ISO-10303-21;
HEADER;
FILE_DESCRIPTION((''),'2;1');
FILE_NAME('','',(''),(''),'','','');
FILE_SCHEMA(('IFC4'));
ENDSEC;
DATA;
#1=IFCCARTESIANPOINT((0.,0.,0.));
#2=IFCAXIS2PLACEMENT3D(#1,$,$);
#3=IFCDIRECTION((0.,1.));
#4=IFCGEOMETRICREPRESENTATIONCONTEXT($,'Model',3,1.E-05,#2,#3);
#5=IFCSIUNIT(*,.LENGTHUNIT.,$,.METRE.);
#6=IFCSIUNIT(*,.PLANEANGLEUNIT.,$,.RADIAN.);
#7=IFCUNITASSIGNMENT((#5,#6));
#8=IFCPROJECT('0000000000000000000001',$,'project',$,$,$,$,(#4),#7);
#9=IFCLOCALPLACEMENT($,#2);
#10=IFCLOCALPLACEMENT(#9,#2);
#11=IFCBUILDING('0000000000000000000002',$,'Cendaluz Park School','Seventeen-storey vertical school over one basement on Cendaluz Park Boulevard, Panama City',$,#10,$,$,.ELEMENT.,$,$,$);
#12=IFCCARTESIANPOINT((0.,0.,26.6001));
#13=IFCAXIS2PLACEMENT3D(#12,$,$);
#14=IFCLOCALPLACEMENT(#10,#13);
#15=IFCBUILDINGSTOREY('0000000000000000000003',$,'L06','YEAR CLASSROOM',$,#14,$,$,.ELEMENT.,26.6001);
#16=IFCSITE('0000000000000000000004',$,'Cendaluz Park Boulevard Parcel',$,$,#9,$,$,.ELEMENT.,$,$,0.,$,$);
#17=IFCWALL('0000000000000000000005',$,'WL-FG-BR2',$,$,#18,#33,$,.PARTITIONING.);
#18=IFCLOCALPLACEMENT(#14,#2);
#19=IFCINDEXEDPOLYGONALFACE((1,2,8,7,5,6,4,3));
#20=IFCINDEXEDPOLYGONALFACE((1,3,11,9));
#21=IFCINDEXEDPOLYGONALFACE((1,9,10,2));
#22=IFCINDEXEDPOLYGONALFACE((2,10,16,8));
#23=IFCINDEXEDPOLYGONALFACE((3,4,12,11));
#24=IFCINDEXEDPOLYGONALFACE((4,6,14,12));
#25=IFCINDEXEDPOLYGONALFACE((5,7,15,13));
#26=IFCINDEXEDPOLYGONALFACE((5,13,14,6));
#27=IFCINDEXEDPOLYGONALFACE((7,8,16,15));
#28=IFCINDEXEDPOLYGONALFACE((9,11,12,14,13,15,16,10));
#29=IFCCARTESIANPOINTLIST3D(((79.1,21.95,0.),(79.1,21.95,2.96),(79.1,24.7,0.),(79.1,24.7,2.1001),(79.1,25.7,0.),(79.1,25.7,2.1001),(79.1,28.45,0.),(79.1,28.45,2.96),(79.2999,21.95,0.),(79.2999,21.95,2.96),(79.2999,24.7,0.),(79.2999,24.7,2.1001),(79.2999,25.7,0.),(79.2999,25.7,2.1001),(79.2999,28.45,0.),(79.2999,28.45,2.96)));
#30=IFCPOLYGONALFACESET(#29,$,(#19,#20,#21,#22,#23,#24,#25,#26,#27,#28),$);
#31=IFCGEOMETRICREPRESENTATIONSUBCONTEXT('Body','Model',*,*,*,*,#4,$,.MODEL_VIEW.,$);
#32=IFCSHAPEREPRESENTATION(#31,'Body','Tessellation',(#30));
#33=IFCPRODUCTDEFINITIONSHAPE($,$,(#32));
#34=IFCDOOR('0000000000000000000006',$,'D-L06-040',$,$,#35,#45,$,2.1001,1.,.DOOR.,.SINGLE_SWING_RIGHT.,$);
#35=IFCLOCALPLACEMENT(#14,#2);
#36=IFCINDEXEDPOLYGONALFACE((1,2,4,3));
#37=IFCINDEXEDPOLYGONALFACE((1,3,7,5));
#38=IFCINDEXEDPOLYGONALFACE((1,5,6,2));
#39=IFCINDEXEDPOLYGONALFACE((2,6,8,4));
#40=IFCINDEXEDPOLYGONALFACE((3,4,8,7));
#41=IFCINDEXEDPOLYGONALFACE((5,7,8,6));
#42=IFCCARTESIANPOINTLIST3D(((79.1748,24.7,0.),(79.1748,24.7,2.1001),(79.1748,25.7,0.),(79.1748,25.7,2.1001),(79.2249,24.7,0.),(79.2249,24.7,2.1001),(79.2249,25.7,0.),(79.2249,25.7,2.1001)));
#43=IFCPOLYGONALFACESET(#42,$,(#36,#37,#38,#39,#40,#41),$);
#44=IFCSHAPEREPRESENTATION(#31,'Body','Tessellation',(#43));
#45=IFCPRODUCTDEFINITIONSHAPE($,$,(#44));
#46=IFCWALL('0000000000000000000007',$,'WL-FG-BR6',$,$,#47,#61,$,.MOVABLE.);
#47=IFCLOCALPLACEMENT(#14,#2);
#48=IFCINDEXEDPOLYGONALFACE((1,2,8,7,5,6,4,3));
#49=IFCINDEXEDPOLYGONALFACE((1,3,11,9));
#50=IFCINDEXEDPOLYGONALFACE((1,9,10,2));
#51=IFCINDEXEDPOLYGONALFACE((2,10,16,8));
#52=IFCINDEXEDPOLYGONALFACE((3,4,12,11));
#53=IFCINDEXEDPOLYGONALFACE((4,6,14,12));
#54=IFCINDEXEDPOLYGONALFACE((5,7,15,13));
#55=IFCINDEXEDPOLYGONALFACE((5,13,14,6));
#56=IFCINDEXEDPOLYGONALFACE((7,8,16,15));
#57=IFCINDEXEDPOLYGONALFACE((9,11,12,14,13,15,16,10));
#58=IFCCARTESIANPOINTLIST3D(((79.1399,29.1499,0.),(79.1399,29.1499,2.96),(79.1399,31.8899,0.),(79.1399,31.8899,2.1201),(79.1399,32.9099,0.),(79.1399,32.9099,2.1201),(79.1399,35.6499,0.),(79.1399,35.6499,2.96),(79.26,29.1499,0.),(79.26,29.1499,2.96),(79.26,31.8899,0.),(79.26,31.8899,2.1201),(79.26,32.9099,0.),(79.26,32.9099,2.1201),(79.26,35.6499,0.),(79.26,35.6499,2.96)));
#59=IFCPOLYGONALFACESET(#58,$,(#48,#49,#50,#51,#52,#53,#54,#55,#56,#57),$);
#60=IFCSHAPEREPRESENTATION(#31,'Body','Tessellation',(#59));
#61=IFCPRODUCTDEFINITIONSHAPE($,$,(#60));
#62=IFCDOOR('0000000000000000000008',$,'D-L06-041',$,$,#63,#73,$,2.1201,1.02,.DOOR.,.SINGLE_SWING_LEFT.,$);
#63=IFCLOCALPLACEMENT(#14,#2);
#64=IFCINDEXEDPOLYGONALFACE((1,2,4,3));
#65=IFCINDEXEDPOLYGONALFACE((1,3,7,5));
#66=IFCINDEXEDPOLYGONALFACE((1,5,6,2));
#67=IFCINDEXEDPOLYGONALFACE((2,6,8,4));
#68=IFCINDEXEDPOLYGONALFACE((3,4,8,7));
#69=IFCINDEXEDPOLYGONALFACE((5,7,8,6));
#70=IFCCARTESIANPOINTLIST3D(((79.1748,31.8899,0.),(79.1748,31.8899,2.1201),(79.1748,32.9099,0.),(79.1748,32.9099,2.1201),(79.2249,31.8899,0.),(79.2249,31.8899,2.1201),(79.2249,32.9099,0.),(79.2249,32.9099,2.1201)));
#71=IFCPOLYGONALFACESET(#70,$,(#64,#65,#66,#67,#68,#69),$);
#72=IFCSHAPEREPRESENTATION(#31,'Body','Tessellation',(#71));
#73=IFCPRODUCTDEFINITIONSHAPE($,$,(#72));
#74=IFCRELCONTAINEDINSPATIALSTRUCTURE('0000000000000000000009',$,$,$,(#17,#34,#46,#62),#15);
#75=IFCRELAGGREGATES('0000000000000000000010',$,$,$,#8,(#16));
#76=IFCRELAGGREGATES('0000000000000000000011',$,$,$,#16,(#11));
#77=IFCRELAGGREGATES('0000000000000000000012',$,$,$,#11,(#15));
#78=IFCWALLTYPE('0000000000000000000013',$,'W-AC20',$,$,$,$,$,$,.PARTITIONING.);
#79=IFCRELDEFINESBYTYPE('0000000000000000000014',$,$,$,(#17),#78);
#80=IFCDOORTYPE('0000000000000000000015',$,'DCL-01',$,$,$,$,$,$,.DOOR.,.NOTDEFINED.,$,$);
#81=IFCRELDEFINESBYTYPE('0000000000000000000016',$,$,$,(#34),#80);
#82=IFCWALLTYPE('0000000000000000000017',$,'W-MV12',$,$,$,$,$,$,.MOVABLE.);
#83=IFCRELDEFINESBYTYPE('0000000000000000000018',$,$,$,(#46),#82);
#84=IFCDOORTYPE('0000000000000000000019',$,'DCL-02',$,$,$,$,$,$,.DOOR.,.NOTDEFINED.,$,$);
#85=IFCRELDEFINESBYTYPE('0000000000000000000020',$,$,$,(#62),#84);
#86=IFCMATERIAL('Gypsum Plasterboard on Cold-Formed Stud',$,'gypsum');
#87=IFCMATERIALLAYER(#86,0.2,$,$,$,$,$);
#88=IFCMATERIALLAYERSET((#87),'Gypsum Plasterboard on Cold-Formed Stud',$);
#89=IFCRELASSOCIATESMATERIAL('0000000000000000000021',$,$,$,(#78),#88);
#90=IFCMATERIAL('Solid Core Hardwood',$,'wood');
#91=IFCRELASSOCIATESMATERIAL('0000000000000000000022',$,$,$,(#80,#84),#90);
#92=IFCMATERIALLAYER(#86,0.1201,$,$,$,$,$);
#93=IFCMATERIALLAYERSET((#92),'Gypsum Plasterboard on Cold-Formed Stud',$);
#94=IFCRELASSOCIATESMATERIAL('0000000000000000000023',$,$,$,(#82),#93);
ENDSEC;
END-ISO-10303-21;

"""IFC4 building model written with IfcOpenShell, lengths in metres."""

from ifc_helpers import new_model, si_unit, direction, frame, frame_2d, origin, place, context, subcontext, project, spatial, rectangle, extrude, material, layer, layer_set, type_object, element, fill, save


model = new_model("IFC4")

# Units and contexts
model_context = context("Model", 3, precision=1e-05, world=origin(), true_north=direction((0.0, 1.0)))
body_context = subcontext(model_context, "Body", "Model", "MODEL_VIEW")
ifc_project = project(units=[si_unit("LENGTHUNIT", "METRE"), si_unit("PLANEANGLEUNIT", "RADIAN")], contexts=[model_context])

# Site, building, storey
site_placement = place(None, origin())
site = spatial("IfcSite", under=ifc_project, at=site_placement, Name="Cendaluz Park Boulevard Parcel", CompositionType="ELEMENT", RefElevation=0.0)
building_placement = place(site_placement, origin())
building = spatial("IfcBuilding", under=site, at=building_placement, Name="Cendaluz Park School", Description="Seventeen-storey vertical school over one basement on Cendaluz Park Boulevard, Panama City", CompositionType="ELEMENT")
storey_placement = place(building_placement, frame((0.0, 0.0, 26.6001)))
storey = spatial("IfcBuildingStorey", under=building, at=storey_placement, Name="L06", Description="YEAR CLASSROOM", CompositionType="ELEMENT", Elevation=26.6001)

# Shared definitions
ifc_material_1 = material(Name="Gypsum Plasterboard on Cold-Formed Stud", Category="gypsum")
ifc_layer_1 = layer(ifc_material_1, 0.2)
ifc_layer_set_1 = layer_set([ifc_layer_1], Name="Gypsum Plasterboard on Cold-Formed Stud")
wall_type_1 = type_object("IfcWallType", Name="W-AC20", PredefinedType="PARTITIONING", material=ifc_layer_set_1)

# Walls, openings, doors
wall_1_placement = place(storey_placement, frame((79.2, 21.95, 0.0), z_axis=(0.0, 0.0, 1.0), x_axis=(0.0, 1.0, 0.0)))
wall_1 = element("IfcWall", 1, at=wall_1_placement, inside=storey, type_object=wall_type_1, Name="WL-FG-BR2", PredefinedType="PARTITIONING", context=body_context, shape_type="SweptSolid", body=[
    extrude(rectangle(XDim=6.5, YDim=0.2, at=frame_2d((3.25, 0.0))), origin(), (0.0, 0.0, 1.0), 2.96),
])
opening_1_placement = place(wall_1_placement, frame((2.75, 0.0, 0.0)))
opening_1 = element("IfcOpeningElement", 2, at=opening_1_placement, cuts=wall_1, PredefinedType="OPENING", context=body_context, shape_type="SweptSolid", body=[
    extrude(rectangle(XDim=1.0, YDim=2.1001, at=frame_2d((0.5, 1.05))), frame((0.0, 0.1121, 0.0), z_axis=(0.0, -1.0, 0.0), x_axis=(1.0, 0.0, 0.0)), (0.0, 0.0, 1.0), 0.2239),
])
ifc_material_2 = material(Name="Solid Core Hardwood", Category="wood")
door_type_1 = type_object("IfcDoorType", Name="DCL-01", OperationType="NOTDEFINED", PredefinedType="DOOR", material=ifc_material_2)
door_1_placement = place(opening_1_placement, frame((1.0, 0.0, 0.0), z_axis=(0.0, 0.0, 1.0), x_axis=(-1.0, 0.0, 0.0)))
door_1 = element("IfcDoor", 3, at=door_1_placement, inside=storey, type_object=door_type_1, Name="D-L06-040", OperationType="SINGLE_SWING_RIGHT", OverallHeight=2.1001, OverallWidth=1.0, PredefinedType="DOOR", context=body_context, shape_type="SweptSolid", body=[
    extrude(rectangle(XDim=1.0, YDim=2.1001, at=frame_2d((0.5, 1.05))), frame((0.0, 0.0249, 0.0), z_axis=(0.0, -1.0, 0.0), x_axis=(1.0, 0.0, 0.0)), (0.0, 0.0, 1.0), 0.05),
])
fill(opening_1, door_1)
ifc_layer_2 = layer(ifc_material_1, 0.1201)
ifc_layer_set_2 = layer_set([ifc_layer_2], Name="Gypsum Plasterboard on Cold-Formed Stud")
wall_type_2 = type_object("IfcWallType", Name="W-MV12", PredefinedType="MOVABLE", material=ifc_layer_set_2)
wall_2_placement = place(storey_placement, frame((79.2, 29.1499, 0.0), z_axis=(0.0, 0.0, 1.0), x_axis=(0.0, 1.0, 0.0)))
wall_2 = element("IfcWall", 4, at=wall_2_placement, inside=storey, type_object=wall_type_2, Name="WL-FG-BR6", PredefinedType="MOVABLE", context=body_context, shape_type="SweptSolid", body=[
    extrude(rectangle(XDim=6.5, YDim=0.1201, at=frame_2d((3.25, 0.0))), origin(), (0.0, 0.0, 1.0), 2.96),
])
opening_2_placement = place(wall_2_placement, frame((2.74, 0.0, 0.0)))
opening_2 = element("IfcOpeningElement", 5, at=opening_2_placement, cuts=wall_2, PredefinedType="OPENING", context=body_context, shape_type="SweptSolid", body=[
    extrude(rectangle(XDim=1.02, YDim=2.1201, at=frame_2d((0.51, 1.0601))), frame((0.0, 0.072, 0.0), z_axis=(0.0, -1.0, 0.0), x_axis=(1.0, 0.0, 0.0)), (0.0, 0.0, 1.0), 0.144),
])
door_type_2 = type_object("IfcDoorType", Name="DCL-02", OperationType="NOTDEFINED", PredefinedType="DOOR", material=ifc_material_2)
door_2_placement = place(opening_2_placement, frame((1.02, 0.0, 0.0), z_axis=(0.0, 0.0, 1.0), x_axis=(-1.0, 0.0, 0.0)))
door_2 = element("IfcDoor", 6, at=door_2_placement, inside=storey, type_object=door_type_2, Name="D-L06-041", OperationType="SINGLE_SWING_LEFT", OverallHeight=2.1201, OverallWidth=1.02, PredefinedType="DOOR", context=body_context, shape_type="SweptSolid", body=[
    extrude(rectangle(XDim=1.02, YDim=2.1201, at=frame_2d((0.51, 1.0601))), frame((0.0, 0.0249, 0.0), z_axis=(0.0, -1.0, 0.0), x_axis=(1.0, 0.0, 0.0)), (0.0, 0.0, 1.0), 0.05),
])
fill(opening_2, door_2)

save(model, "model.ifc")
